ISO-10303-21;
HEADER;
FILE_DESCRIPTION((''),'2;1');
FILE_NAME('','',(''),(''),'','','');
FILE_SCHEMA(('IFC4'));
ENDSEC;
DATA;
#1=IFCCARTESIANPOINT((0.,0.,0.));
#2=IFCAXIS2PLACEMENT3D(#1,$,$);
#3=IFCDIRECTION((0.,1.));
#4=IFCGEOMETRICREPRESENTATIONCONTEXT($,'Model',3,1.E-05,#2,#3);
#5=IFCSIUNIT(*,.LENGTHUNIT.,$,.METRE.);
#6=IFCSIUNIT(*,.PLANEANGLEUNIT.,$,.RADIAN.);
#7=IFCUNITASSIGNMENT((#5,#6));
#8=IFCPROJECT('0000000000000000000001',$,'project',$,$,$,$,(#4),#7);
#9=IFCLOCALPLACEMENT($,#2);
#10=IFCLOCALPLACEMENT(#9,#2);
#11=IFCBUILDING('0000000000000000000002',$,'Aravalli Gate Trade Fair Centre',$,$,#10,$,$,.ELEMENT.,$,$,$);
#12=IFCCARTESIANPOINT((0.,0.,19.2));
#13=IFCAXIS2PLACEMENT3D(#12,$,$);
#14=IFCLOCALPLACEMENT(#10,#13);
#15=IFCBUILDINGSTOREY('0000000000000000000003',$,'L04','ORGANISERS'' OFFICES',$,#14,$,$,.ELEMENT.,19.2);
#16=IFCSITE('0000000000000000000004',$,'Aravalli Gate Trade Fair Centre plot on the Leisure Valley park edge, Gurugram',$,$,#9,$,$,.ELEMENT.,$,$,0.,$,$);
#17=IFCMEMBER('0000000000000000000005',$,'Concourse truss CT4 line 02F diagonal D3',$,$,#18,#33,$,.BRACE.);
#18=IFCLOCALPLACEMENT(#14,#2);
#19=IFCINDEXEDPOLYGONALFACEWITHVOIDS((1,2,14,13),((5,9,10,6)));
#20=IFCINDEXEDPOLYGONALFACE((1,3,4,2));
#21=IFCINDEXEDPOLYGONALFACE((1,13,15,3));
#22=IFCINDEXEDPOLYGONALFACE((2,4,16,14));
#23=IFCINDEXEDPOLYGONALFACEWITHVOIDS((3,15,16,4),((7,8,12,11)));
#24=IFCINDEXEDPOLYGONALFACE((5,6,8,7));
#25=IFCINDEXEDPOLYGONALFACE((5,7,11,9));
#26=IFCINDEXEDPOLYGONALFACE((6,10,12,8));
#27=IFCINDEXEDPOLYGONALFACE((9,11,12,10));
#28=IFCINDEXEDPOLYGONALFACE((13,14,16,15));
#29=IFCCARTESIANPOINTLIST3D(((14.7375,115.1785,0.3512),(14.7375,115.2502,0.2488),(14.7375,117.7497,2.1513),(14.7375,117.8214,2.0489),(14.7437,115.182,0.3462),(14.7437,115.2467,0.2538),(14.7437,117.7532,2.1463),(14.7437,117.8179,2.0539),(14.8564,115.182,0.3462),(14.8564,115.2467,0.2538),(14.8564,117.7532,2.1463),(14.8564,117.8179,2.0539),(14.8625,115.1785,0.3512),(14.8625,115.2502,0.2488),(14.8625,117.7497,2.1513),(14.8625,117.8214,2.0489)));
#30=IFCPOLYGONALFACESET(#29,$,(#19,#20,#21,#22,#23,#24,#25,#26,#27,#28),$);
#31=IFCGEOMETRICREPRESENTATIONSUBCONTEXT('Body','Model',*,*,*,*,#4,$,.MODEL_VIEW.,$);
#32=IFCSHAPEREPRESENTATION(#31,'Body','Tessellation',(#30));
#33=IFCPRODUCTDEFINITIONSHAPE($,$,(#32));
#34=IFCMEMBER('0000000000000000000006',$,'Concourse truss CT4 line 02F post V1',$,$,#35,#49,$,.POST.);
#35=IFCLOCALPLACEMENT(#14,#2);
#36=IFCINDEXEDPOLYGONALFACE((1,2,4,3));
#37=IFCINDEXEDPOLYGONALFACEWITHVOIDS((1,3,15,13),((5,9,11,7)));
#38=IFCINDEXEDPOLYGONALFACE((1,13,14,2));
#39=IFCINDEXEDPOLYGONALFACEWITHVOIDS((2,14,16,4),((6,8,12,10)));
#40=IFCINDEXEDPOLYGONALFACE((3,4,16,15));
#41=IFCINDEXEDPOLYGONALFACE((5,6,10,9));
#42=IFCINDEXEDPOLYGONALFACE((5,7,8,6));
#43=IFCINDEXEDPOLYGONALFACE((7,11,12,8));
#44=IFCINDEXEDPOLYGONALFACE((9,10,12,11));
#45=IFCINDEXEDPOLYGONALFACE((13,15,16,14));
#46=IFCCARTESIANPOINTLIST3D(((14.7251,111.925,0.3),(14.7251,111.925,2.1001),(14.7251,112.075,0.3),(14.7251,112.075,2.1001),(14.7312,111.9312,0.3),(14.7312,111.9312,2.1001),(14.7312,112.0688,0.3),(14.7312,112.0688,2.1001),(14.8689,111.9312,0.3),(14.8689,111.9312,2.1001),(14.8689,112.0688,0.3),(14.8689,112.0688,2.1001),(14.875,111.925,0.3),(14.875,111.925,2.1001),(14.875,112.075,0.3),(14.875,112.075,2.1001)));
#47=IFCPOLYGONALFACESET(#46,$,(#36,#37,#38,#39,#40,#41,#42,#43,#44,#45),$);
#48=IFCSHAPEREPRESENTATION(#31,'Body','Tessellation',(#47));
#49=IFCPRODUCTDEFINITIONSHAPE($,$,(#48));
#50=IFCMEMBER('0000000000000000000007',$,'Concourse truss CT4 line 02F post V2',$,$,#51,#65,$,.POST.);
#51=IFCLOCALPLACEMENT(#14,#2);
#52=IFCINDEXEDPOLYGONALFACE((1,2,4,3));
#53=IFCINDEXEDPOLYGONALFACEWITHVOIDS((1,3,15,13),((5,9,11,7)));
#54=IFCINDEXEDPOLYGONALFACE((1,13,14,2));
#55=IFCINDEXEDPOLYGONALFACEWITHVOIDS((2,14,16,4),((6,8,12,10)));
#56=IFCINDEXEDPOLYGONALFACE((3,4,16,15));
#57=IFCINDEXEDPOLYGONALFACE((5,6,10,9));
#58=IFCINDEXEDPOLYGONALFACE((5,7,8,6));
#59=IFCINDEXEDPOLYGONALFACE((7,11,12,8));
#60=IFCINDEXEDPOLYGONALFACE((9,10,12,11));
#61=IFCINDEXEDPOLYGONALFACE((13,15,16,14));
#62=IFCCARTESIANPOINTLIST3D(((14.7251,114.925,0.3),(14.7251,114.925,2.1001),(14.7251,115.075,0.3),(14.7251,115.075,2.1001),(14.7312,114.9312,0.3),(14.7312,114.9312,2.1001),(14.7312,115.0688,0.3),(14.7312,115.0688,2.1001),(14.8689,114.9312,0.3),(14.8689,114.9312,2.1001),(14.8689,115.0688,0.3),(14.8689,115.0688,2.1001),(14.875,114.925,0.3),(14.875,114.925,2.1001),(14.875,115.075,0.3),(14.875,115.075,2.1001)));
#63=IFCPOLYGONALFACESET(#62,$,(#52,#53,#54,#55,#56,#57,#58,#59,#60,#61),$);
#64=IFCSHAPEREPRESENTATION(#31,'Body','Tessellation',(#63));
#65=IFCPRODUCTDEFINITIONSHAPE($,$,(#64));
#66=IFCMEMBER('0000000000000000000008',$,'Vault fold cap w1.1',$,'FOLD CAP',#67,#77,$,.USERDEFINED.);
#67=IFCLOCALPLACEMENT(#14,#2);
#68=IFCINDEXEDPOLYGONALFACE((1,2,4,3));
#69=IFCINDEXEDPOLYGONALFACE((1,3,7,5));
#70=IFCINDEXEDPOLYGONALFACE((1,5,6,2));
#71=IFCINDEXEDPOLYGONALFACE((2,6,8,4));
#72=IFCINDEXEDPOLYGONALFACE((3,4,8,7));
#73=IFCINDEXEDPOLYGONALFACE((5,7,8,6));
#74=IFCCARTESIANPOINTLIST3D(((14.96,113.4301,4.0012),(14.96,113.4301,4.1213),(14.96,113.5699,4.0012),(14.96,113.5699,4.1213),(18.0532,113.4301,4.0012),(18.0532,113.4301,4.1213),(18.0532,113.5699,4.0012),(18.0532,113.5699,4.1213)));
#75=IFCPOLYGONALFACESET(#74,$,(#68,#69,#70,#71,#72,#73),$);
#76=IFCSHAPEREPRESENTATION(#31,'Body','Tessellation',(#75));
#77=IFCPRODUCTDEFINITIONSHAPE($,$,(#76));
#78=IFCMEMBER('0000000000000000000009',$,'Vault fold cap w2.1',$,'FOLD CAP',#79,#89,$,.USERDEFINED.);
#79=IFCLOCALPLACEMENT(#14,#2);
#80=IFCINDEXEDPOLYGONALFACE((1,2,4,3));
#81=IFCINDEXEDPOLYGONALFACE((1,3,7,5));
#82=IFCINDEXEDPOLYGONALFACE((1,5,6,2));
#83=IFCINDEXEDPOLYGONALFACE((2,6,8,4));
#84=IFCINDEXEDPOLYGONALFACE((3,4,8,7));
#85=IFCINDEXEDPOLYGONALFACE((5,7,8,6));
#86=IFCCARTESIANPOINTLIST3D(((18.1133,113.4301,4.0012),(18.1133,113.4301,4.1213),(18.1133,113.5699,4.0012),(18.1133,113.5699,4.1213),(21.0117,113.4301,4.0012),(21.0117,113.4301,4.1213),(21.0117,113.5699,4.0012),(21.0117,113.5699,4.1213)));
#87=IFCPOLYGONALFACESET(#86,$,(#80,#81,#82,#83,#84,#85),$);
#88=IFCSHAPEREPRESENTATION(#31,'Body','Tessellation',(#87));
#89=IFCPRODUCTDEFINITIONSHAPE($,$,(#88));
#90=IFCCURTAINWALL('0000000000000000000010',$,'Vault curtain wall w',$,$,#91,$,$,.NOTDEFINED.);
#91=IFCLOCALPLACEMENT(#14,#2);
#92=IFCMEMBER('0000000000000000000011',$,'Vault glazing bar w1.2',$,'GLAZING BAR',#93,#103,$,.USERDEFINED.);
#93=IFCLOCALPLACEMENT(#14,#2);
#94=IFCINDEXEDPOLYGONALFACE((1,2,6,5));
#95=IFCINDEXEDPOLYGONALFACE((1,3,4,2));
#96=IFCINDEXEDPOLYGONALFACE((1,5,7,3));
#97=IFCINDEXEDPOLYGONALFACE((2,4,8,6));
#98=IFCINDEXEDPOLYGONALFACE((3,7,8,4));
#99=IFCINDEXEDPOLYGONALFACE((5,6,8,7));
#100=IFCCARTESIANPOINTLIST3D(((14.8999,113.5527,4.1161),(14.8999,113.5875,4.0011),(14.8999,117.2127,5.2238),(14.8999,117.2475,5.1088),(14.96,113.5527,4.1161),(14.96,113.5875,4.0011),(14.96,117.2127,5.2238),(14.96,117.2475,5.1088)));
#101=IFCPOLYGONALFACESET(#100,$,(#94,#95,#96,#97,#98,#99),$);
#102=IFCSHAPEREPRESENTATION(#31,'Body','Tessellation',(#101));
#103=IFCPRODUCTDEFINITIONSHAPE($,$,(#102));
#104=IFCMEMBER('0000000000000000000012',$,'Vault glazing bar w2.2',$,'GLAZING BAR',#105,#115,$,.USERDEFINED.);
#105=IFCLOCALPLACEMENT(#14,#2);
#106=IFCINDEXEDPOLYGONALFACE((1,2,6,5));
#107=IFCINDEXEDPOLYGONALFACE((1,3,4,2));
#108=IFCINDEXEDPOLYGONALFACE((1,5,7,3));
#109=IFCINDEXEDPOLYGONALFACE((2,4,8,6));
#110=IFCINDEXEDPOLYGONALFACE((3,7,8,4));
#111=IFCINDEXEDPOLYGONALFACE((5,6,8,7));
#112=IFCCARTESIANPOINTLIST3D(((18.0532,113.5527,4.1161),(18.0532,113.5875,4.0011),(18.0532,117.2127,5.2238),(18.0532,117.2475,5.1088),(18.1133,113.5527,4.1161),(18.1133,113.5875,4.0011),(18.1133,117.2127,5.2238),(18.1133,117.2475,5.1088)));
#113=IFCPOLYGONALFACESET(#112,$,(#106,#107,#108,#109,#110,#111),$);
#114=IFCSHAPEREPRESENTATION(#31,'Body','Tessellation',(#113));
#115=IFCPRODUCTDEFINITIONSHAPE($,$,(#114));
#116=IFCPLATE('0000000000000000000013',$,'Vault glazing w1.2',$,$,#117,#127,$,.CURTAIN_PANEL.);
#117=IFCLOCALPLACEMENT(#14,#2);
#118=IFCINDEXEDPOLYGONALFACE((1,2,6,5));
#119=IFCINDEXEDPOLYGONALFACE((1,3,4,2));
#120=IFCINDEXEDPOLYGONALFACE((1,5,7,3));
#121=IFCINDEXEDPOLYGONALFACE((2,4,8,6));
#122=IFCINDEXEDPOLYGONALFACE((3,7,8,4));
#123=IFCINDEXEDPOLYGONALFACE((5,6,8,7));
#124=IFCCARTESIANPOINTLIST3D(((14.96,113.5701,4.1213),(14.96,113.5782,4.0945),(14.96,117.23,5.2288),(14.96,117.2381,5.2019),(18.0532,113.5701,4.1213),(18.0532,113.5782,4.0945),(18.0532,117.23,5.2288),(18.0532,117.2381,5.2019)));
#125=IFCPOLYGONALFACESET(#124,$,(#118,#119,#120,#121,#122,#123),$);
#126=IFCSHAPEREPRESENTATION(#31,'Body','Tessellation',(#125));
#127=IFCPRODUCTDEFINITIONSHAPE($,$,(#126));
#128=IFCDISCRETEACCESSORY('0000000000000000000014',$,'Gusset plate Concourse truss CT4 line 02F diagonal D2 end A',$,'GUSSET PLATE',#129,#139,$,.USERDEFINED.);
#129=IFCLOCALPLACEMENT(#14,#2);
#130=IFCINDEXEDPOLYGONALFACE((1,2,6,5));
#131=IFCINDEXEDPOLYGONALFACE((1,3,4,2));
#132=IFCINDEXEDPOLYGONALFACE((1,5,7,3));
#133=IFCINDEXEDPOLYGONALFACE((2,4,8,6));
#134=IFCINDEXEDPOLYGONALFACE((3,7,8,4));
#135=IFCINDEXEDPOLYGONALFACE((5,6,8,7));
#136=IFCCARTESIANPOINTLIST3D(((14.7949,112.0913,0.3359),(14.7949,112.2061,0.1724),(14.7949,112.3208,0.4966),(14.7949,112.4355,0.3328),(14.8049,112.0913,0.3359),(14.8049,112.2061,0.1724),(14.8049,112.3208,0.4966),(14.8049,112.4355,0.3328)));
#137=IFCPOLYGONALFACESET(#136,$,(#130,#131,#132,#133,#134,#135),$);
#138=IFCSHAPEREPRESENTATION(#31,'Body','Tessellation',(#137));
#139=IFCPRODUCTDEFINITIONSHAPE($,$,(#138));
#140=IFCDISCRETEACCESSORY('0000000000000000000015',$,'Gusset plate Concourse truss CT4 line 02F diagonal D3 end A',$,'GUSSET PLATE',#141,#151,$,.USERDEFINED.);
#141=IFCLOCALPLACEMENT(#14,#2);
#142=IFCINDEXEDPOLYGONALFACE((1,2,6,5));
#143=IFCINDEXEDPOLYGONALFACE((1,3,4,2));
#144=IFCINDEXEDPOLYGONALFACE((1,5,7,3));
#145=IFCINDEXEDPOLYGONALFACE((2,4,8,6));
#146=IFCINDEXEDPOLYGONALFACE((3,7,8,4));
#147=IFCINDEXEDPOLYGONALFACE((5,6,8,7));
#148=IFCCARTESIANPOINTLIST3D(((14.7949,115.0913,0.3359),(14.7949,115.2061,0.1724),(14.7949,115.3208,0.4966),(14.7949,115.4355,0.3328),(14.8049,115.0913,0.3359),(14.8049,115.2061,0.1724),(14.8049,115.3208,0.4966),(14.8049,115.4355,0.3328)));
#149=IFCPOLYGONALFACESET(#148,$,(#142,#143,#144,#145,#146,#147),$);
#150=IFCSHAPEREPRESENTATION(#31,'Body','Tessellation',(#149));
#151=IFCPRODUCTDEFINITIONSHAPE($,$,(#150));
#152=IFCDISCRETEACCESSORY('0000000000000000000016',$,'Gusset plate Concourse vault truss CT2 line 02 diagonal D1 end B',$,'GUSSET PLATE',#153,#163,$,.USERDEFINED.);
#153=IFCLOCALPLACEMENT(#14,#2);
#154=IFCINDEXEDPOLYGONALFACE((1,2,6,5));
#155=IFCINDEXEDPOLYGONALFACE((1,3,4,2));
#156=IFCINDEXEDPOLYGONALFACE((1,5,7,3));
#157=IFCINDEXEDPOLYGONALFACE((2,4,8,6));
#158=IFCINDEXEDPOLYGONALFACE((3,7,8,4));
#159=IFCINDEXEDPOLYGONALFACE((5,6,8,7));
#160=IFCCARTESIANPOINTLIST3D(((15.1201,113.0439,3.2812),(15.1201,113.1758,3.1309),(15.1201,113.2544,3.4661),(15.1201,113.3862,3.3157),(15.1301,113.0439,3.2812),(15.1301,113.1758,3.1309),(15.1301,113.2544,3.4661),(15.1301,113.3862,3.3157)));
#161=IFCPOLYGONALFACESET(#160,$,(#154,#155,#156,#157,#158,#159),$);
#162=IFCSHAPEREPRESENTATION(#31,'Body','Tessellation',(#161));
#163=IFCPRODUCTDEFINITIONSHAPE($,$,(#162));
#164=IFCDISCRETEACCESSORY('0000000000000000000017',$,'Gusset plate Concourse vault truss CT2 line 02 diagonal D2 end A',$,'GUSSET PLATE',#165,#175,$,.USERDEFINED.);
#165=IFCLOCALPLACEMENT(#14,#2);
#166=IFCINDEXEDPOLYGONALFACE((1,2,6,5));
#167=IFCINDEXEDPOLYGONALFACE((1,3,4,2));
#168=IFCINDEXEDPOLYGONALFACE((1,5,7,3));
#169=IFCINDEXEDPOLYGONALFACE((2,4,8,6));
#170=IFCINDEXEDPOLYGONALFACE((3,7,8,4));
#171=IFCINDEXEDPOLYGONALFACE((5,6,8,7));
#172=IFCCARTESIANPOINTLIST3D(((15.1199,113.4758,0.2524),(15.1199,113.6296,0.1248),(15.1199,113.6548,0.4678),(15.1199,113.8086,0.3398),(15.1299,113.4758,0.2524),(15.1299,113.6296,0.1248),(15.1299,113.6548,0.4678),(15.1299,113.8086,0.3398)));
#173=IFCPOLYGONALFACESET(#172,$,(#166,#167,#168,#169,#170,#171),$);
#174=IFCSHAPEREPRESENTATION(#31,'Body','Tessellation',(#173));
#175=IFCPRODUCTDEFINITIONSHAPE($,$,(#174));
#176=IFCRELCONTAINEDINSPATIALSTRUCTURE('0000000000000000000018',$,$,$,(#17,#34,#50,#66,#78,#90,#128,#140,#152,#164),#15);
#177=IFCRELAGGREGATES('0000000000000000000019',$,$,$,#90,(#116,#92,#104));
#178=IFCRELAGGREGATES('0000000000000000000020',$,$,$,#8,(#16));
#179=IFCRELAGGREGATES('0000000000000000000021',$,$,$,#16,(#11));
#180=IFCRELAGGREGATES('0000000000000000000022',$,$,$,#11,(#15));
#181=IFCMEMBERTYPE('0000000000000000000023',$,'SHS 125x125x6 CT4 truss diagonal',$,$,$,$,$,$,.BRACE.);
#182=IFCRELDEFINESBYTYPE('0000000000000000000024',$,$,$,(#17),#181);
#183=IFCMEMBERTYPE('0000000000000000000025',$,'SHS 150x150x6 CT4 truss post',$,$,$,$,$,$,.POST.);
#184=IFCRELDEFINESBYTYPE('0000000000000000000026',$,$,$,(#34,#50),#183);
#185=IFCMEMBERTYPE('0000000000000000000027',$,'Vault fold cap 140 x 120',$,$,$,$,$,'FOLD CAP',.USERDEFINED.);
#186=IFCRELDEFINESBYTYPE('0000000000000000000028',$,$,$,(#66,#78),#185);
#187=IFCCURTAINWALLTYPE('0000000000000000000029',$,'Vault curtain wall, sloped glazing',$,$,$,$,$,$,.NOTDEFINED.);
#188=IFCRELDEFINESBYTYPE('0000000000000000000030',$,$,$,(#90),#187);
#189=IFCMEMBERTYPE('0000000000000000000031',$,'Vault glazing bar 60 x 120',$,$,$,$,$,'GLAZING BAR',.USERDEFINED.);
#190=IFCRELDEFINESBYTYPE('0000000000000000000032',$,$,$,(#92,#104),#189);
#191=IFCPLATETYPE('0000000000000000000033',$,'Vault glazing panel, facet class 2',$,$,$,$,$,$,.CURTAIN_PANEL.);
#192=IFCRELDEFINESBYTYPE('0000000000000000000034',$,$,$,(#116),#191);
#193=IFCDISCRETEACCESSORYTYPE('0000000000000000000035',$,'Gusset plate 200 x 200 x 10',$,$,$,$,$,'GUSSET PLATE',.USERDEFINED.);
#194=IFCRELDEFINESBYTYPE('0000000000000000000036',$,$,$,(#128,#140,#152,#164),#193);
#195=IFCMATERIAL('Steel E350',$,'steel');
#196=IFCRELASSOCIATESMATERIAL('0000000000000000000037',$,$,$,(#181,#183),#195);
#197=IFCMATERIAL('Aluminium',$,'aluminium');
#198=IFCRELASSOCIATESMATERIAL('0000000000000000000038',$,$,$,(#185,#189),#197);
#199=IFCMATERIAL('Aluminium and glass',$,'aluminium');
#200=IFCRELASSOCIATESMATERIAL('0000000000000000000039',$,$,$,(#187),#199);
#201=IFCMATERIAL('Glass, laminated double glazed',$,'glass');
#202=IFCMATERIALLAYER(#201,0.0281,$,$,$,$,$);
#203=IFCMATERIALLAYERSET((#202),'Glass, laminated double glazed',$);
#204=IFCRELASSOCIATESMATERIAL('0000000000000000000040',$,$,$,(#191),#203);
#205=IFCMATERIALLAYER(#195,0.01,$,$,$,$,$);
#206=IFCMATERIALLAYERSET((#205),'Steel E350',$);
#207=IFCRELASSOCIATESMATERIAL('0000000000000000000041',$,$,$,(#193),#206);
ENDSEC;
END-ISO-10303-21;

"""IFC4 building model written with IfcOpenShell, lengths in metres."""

from ifc_helpers import new_model, si_unit, direction, frame, origin, origin_2d, place, context, subcontext, project, spatial, polyline, rectangle, hollow_rectangle, outline, extrude, material, layer, layer_set, material_profile, profile_set, type_object, element, aggregate, save


model = new_model("IFC4")

# Units and contexts
model_context = context("Model", 3, precision=1e-05, world=origin(), true_north=direction((0.0, 1.0)))
body_context = subcontext(model_context, "Body", "Model", "MODEL_VIEW")
ifc_project = project(units=[si_unit("LENGTHUNIT", "METRE"), si_unit("PLANEANGLEUNIT", "RADIAN")], contexts=[model_context])

# Site, building, storey
site_placement = place(None, origin())
site = spatial("IfcSite", under=ifc_project, at=site_placement, Name="Aravalli Gate Trade Fair Centre plot on the Leisure Valley park edge, Gurugram", CompositionType="ELEMENT", RefElevation=0.0)
building_placement = place(site_placement, origin())
building = spatial("IfcBuilding", under=site, at=building_placement, Name="Aravalli Gate Trade Fair Centre", CompositionType="ELEMENT")
storey_placement = place(building_placement, frame((0.0, 0.0, 19.2)))
storey = spatial("IfcBuildingStorey", under=building, at=storey_placement, Name="L04", Description="ORGANISERS' OFFICES", CompositionType="ELEMENT", Elevation=19.2)

# Members
ifc_material_1 = material(Name="Steel E350", Category="steel")
ifc_material_profile_1 = material_profile(ifc_material_1, hollow_rectangle(XDim=0.125, YDim=0.125, WallThickness=0.0061, at=origin_2d()), Name="SHS 125x125x6")
ifc_profile_set_1 = profile_set([ifc_material_profile_1], Name="Steel E350")
member_type_1 = type_object("IfcMemberType", Name="SHS 125x125x6 CT4 truss diagonal", PredefinedType="BRACE", material=ifc_profile_set_1)
for number, where, z_axis, x_axis, name in (
    (1, (14.8, 115.2144, 0.3), (0.0, 0.81921, 0.573494), (-1.0, 0.0, 0.0), "Concourse truss CT4 line 02F diagonal D3"),
):
    element("IfcMember", number, at=place(storey_placement, frame(where, z_axis=z_axis, x_axis=x_axis)), inside=storey, type_object=member_type_1, Name=name, PredefinedType="BRACE", context=body_context, shape_type="SweptSolid", body=[
        extrude(hollow_rectangle(XDim=0.125, YDim=0.125, WallThickness=0.0061, at=origin_2d()), origin(), (0.0, 0.0, 1.0), 3.1387),
    ])
ifc_material_profile_2 = material_profile(ifc_material_1, hollow_rectangle(XDim=0.1499, YDim=0.1499, WallThickness=0.0061, at=origin_2d()), Name="SHS 150x150x6")
ifc_profile_set_2 = profile_set([ifc_material_profile_2], Name="Steel E350")
member_type_2 = type_object("IfcMemberType", Name="SHS 150x150x6 CT4 truss post", PredefinedType="POST", material=ifc_profile_set_2)
for number, where, z_axis, x_axis, name in (
    (2, (14.8, 112.0, 0.3), (0.0, 0.0, 1.0), (1.0, 0.0, 0.0), "Concourse truss CT4 line 02F post V1"),
    (3, (14.8, 115.0, 0.3), (0.0, 0.0, 1.0), (1.0, 0.0, 0.0), "Concourse truss CT4 line 02F post V2"),
):
    element("IfcMember", number, at=place(storey_placement, frame(where, z_axis=z_axis, x_axis=x_axis)), inside=storey, type_object=member_type_2, Name=name, PredefinedType="POST", context=body_context, shape_type="SweptSolid", body=[
        extrude(hollow_rectangle(XDim=0.1499, YDim=0.1499, WallThickness=0.0061, at=origin_2d()), origin(), (0.0, 0.0, 1.0), 1.8),
    ])
ifc_material_2 = material(Name="Aluminium", Category="aluminium")
ifc_material_profile_3 = material_profile(ifc_material_2, rectangle(XDim=0.1399, YDim=0.1201, at=origin_2d()), Name="Vault fold cap 140 x 120")
ifc_profile_set_3 = profile_set([ifc_material_profile_3], Name="Aluminium")
member_type_3 = type_object("IfcMemberType", Name="Vault fold cap 140 x 120", ElementType="FOLD CAP", PredefinedType="USERDEFINED", material=ifc_profile_set_3)
member_1_placement = place(storey_placement, frame((14.96, 113.5, 4.0613), z_axis=(1.0, 0.0, 0.0), x_axis=(0.0, 1.0, 0.0)))
element("IfcMember", 4, at=member_1_placement, inside=storey, type_object=member_type_3, Name="Vault fold cap w1.1", ObjectType="FOLD CAP", PredefinedType="USERDEFINED", context=body_context, shape_type="SweptSolid", body=[
    extrude(rectangle(XDim=0.1399, YDim=0.1201, at=origin_2d()), origin(), (0.0, 0.0, 1.0), 3.0933),
])
member_2_placement = place(storey_placement, frame((18.1133, 113.5, 4.0613), z_axis=(1.0, 0.0, 0.0), x_axis=(0.0, 1.0, 0.0)))
element("IfcMember", 5, at=member_2_placement, inside=storey, type_object=member_type_3, Name="Vault fold cap w2.1", ObjectType="FOLD CAP", PredefinedType="USERDEFINED", context=body_context, shape_type="SweptSolid", body=[
    extrude(rectangle(XDim=0.1399, YDim=0.1201, at=origin_2d()), origin(), (0.0, 0.0, 1.0), 2.8984),
])

# Curtain wall, members, plate
ifc_material_3 = material(Name="Aluminium and glass", Category="aluminium")
curtain_wall_type = type_object("IfcCurtainWallType", Name="Vault curtain wall, sloped glazing", PredefinedType="NOTDEFINED", material=ifc_material_3)
curtain_wall_placement = place(storey_placement, origin())
curtain_wall = element("IfcCurtainWall", 6, at=curtain_wall_placement, inside=storey, type_object=curtain_wall_type, Name="Vault curtain wall w", PredefinedType="NOTDEFINED")
ifc_material_profile_4 = material_profile(ifc_material_2, rectangle(XDim=0.0601, YDim=0.1201, at=origin_2d()), Name="Vault glazing bar 60 x 120")
ifc_profile_set_4 = profile_set([ifc_material_profile_4], Name="Aluminium")
member_type_4 = type_object("IfcMemberType", Name="Vault glazing bar 60 x 120", ElementType="GLAZING BAR", PredefinedType="USERDEFINED", material=ifc_profile_set_4)
member_3_placement = place(storey_placement, frame((14.9299, 113.5701, 4.0586), z_axis=(0.0, 0.957126, 0.289672), x_axis=(-1.0, 0.0, 0.0)))
member_3 = element("IfcMember", 7, at=member_3_placement, type_object=member_type_4, Name="Vault glazing bar w1.2", ObjectType="GLAZING BAR", PredefinedType="USERDEFINED", context=body_context, shape_type="SweptSolid", body=[
    extrude(rectangle(XDim=0.0601, YDim=0.1201, at=origin_2d()), origin(), (0.0, 0.0, 1.0), 3.824),
])
member_4_placement = place(storey_placement, frame((18.0833, 113.5701, 4.0586), z_axis=(0.0, 0.957126, 0.289672), x_axis=(-1.0, 0.0, 0.0)))
member_4 = element("IfcMember", 8, at=member_4_placement, type_object=member_type_4, Name="Vault glazing bar w2.2", ObjectType="GLAZING BAR", PredefinedType="USERDEFINED", context=body_context, shape_type="SweptSolid", body=[
    extrude(rectangle(XDim=0.0601, YDim=0.1201, at=origin_2d()), origin(), (0.0, 0.0, 1.0), 3.824),
])
ifc_material_4 = material(Name="Glass, laminated double glazed", Category="glass")
ifc_layer_1 = layer(ifc_material_4, 0.0281)
ifc_layer_set_1 = layer_set([ifc_layer_1], Name="Glass, laminated double glazed")
plate_type = type_object("IfcPlateType", Name="Vault glazing panel, facet class 2", PredefinedType="CURTAIN_PANEL", material=ifc_layer_set_1)
plate_placement = place(storey_placement, frame((14.96, 113.5701, 4.1213), z_axis=(0.0, -0.289614, 0.957144), x_axis=(1.0, 0.0, 0.0)))
plate = element("IfcPlate", 9, at=plate_placement, type_object=plate_type, Name="Vault glazing w1.2", PredefinedType="CURTAIN_PANEL", context=body_context, shape_type="SweptSolid", body=[
    extrude(outline(polyline([(0.0, 0.0), (3.0933, 0.0), (3.0933, 3.8238), (0.0, 3.8238), (0.0, 0.0)])), origin(), (0.0, 0.0, -1.0), 0.0281),
])
aggregate(curtain_wall, [plate, member_3, member_4])

# Discrete accessories
ifc_layer_2 = layer(ifc_material_1, 0.01)
ifc_layer_set_2 = layer_set([ifc_layer_2], Name="Steel E350")
discrete_accessory_type = type_object("IfcDiscreteAccessoryType", Name="Gusset plate 200 x 200 x 10", ElementType="GUSSET PLATE", PredefinedType="USERDEFINED", material=ifc_layer_set_2)
for number, where, z_axis, x_axis, name in (
    (10, (14.8049, 112.3208, 0.4966), (1.0, 0.0, 0.0), (0.0, -0.819232, -0.573462), "Gusset plate Concourse truss CT4 line 02F diagonal D2 end A"),
    (11, (14.8049, 115.3208, 0.4966), (1.0, 0.0, 0.0), (0.0, -0.819232, -0.573462), "Gusset plate Concourse truss CT4 line 02F diagonal D3 end A"),
):
    element("IfcDiscreteAccessory", number, at=place(storey_placement, frame(where, z_axis=z_axis, x_axis=x_axis)), inside=storey, type_object=discrete_accessory_type, Name=name, ObjectType="GUSSET PLATE", PredefinedType="USERDEFINED", context=body_context, shape_type="SweptSolid", body=[
        extrude(outline(polyline([(0.0, 0.0), (0.2801, 0.0), (0.2799, 0.1998), (-0.0001, 0.2), (0.0, 0.0)])), origin(), (0.0, 0.0, -1.0), 0.01),
    ])
discrete_accessory_1_placement = place(storey_placement, frame((15.1201, 113.0439, 3.2812), z_axis=(-1.0, 0.0, 0.0), x_axis=(0.0, 0.751388, 0.659861)))
element("IfcDiscreteAccessory", 12, at=discrete_accessory_1_placement, inside=storey, type_object=discrete_accessory_type, Name="Gusset plate Concourse vault truss CT2 line 02 diagonal D1 end B", ObjectType="GUSSET PLATE", PredefinedType="USERDEFINED", context=body_context, shape_type="SweptSolid", body=[
    extrude(outline(polyline([(0.0, 0.0), (0.2801, 0.0), (0.2799, 0.2), (-0.0002, 0.2), (0.0, 0.0)])), origin(), (0.0, 0.0, -1.0), 0.01),
])
discrete_accessory_2_placement = place(storey_placement, frame((15.1299, 113.6548, 0.4678), z_axis=(1.0, 0.0, 0.0), x_axis=(0.0, -0.639155, -0.769078)))
element("IfcDiscreteAccessory", 13, at=discrete_accessory_2_placement, inside=storey, type_object=discrete_accessory_type, Name="Gusset plate Concourse vault truss CT2 line 02 diagonal D2 end A", ObjectType="GUSSET PLATE", PredefinedType="USERDEFINED", context=body_context, shape_type="SweptSolid", body=[
    extrude(outline(polyline([(0.0, 0.0), (0.28, 0.0), (0.2799, 0.1999), (0.0001, 0.2001), (0.0, 0.0)])), origin(), (0.0, 0.0, -1.0), 0.01),
])

save(model, "model.ifc")
